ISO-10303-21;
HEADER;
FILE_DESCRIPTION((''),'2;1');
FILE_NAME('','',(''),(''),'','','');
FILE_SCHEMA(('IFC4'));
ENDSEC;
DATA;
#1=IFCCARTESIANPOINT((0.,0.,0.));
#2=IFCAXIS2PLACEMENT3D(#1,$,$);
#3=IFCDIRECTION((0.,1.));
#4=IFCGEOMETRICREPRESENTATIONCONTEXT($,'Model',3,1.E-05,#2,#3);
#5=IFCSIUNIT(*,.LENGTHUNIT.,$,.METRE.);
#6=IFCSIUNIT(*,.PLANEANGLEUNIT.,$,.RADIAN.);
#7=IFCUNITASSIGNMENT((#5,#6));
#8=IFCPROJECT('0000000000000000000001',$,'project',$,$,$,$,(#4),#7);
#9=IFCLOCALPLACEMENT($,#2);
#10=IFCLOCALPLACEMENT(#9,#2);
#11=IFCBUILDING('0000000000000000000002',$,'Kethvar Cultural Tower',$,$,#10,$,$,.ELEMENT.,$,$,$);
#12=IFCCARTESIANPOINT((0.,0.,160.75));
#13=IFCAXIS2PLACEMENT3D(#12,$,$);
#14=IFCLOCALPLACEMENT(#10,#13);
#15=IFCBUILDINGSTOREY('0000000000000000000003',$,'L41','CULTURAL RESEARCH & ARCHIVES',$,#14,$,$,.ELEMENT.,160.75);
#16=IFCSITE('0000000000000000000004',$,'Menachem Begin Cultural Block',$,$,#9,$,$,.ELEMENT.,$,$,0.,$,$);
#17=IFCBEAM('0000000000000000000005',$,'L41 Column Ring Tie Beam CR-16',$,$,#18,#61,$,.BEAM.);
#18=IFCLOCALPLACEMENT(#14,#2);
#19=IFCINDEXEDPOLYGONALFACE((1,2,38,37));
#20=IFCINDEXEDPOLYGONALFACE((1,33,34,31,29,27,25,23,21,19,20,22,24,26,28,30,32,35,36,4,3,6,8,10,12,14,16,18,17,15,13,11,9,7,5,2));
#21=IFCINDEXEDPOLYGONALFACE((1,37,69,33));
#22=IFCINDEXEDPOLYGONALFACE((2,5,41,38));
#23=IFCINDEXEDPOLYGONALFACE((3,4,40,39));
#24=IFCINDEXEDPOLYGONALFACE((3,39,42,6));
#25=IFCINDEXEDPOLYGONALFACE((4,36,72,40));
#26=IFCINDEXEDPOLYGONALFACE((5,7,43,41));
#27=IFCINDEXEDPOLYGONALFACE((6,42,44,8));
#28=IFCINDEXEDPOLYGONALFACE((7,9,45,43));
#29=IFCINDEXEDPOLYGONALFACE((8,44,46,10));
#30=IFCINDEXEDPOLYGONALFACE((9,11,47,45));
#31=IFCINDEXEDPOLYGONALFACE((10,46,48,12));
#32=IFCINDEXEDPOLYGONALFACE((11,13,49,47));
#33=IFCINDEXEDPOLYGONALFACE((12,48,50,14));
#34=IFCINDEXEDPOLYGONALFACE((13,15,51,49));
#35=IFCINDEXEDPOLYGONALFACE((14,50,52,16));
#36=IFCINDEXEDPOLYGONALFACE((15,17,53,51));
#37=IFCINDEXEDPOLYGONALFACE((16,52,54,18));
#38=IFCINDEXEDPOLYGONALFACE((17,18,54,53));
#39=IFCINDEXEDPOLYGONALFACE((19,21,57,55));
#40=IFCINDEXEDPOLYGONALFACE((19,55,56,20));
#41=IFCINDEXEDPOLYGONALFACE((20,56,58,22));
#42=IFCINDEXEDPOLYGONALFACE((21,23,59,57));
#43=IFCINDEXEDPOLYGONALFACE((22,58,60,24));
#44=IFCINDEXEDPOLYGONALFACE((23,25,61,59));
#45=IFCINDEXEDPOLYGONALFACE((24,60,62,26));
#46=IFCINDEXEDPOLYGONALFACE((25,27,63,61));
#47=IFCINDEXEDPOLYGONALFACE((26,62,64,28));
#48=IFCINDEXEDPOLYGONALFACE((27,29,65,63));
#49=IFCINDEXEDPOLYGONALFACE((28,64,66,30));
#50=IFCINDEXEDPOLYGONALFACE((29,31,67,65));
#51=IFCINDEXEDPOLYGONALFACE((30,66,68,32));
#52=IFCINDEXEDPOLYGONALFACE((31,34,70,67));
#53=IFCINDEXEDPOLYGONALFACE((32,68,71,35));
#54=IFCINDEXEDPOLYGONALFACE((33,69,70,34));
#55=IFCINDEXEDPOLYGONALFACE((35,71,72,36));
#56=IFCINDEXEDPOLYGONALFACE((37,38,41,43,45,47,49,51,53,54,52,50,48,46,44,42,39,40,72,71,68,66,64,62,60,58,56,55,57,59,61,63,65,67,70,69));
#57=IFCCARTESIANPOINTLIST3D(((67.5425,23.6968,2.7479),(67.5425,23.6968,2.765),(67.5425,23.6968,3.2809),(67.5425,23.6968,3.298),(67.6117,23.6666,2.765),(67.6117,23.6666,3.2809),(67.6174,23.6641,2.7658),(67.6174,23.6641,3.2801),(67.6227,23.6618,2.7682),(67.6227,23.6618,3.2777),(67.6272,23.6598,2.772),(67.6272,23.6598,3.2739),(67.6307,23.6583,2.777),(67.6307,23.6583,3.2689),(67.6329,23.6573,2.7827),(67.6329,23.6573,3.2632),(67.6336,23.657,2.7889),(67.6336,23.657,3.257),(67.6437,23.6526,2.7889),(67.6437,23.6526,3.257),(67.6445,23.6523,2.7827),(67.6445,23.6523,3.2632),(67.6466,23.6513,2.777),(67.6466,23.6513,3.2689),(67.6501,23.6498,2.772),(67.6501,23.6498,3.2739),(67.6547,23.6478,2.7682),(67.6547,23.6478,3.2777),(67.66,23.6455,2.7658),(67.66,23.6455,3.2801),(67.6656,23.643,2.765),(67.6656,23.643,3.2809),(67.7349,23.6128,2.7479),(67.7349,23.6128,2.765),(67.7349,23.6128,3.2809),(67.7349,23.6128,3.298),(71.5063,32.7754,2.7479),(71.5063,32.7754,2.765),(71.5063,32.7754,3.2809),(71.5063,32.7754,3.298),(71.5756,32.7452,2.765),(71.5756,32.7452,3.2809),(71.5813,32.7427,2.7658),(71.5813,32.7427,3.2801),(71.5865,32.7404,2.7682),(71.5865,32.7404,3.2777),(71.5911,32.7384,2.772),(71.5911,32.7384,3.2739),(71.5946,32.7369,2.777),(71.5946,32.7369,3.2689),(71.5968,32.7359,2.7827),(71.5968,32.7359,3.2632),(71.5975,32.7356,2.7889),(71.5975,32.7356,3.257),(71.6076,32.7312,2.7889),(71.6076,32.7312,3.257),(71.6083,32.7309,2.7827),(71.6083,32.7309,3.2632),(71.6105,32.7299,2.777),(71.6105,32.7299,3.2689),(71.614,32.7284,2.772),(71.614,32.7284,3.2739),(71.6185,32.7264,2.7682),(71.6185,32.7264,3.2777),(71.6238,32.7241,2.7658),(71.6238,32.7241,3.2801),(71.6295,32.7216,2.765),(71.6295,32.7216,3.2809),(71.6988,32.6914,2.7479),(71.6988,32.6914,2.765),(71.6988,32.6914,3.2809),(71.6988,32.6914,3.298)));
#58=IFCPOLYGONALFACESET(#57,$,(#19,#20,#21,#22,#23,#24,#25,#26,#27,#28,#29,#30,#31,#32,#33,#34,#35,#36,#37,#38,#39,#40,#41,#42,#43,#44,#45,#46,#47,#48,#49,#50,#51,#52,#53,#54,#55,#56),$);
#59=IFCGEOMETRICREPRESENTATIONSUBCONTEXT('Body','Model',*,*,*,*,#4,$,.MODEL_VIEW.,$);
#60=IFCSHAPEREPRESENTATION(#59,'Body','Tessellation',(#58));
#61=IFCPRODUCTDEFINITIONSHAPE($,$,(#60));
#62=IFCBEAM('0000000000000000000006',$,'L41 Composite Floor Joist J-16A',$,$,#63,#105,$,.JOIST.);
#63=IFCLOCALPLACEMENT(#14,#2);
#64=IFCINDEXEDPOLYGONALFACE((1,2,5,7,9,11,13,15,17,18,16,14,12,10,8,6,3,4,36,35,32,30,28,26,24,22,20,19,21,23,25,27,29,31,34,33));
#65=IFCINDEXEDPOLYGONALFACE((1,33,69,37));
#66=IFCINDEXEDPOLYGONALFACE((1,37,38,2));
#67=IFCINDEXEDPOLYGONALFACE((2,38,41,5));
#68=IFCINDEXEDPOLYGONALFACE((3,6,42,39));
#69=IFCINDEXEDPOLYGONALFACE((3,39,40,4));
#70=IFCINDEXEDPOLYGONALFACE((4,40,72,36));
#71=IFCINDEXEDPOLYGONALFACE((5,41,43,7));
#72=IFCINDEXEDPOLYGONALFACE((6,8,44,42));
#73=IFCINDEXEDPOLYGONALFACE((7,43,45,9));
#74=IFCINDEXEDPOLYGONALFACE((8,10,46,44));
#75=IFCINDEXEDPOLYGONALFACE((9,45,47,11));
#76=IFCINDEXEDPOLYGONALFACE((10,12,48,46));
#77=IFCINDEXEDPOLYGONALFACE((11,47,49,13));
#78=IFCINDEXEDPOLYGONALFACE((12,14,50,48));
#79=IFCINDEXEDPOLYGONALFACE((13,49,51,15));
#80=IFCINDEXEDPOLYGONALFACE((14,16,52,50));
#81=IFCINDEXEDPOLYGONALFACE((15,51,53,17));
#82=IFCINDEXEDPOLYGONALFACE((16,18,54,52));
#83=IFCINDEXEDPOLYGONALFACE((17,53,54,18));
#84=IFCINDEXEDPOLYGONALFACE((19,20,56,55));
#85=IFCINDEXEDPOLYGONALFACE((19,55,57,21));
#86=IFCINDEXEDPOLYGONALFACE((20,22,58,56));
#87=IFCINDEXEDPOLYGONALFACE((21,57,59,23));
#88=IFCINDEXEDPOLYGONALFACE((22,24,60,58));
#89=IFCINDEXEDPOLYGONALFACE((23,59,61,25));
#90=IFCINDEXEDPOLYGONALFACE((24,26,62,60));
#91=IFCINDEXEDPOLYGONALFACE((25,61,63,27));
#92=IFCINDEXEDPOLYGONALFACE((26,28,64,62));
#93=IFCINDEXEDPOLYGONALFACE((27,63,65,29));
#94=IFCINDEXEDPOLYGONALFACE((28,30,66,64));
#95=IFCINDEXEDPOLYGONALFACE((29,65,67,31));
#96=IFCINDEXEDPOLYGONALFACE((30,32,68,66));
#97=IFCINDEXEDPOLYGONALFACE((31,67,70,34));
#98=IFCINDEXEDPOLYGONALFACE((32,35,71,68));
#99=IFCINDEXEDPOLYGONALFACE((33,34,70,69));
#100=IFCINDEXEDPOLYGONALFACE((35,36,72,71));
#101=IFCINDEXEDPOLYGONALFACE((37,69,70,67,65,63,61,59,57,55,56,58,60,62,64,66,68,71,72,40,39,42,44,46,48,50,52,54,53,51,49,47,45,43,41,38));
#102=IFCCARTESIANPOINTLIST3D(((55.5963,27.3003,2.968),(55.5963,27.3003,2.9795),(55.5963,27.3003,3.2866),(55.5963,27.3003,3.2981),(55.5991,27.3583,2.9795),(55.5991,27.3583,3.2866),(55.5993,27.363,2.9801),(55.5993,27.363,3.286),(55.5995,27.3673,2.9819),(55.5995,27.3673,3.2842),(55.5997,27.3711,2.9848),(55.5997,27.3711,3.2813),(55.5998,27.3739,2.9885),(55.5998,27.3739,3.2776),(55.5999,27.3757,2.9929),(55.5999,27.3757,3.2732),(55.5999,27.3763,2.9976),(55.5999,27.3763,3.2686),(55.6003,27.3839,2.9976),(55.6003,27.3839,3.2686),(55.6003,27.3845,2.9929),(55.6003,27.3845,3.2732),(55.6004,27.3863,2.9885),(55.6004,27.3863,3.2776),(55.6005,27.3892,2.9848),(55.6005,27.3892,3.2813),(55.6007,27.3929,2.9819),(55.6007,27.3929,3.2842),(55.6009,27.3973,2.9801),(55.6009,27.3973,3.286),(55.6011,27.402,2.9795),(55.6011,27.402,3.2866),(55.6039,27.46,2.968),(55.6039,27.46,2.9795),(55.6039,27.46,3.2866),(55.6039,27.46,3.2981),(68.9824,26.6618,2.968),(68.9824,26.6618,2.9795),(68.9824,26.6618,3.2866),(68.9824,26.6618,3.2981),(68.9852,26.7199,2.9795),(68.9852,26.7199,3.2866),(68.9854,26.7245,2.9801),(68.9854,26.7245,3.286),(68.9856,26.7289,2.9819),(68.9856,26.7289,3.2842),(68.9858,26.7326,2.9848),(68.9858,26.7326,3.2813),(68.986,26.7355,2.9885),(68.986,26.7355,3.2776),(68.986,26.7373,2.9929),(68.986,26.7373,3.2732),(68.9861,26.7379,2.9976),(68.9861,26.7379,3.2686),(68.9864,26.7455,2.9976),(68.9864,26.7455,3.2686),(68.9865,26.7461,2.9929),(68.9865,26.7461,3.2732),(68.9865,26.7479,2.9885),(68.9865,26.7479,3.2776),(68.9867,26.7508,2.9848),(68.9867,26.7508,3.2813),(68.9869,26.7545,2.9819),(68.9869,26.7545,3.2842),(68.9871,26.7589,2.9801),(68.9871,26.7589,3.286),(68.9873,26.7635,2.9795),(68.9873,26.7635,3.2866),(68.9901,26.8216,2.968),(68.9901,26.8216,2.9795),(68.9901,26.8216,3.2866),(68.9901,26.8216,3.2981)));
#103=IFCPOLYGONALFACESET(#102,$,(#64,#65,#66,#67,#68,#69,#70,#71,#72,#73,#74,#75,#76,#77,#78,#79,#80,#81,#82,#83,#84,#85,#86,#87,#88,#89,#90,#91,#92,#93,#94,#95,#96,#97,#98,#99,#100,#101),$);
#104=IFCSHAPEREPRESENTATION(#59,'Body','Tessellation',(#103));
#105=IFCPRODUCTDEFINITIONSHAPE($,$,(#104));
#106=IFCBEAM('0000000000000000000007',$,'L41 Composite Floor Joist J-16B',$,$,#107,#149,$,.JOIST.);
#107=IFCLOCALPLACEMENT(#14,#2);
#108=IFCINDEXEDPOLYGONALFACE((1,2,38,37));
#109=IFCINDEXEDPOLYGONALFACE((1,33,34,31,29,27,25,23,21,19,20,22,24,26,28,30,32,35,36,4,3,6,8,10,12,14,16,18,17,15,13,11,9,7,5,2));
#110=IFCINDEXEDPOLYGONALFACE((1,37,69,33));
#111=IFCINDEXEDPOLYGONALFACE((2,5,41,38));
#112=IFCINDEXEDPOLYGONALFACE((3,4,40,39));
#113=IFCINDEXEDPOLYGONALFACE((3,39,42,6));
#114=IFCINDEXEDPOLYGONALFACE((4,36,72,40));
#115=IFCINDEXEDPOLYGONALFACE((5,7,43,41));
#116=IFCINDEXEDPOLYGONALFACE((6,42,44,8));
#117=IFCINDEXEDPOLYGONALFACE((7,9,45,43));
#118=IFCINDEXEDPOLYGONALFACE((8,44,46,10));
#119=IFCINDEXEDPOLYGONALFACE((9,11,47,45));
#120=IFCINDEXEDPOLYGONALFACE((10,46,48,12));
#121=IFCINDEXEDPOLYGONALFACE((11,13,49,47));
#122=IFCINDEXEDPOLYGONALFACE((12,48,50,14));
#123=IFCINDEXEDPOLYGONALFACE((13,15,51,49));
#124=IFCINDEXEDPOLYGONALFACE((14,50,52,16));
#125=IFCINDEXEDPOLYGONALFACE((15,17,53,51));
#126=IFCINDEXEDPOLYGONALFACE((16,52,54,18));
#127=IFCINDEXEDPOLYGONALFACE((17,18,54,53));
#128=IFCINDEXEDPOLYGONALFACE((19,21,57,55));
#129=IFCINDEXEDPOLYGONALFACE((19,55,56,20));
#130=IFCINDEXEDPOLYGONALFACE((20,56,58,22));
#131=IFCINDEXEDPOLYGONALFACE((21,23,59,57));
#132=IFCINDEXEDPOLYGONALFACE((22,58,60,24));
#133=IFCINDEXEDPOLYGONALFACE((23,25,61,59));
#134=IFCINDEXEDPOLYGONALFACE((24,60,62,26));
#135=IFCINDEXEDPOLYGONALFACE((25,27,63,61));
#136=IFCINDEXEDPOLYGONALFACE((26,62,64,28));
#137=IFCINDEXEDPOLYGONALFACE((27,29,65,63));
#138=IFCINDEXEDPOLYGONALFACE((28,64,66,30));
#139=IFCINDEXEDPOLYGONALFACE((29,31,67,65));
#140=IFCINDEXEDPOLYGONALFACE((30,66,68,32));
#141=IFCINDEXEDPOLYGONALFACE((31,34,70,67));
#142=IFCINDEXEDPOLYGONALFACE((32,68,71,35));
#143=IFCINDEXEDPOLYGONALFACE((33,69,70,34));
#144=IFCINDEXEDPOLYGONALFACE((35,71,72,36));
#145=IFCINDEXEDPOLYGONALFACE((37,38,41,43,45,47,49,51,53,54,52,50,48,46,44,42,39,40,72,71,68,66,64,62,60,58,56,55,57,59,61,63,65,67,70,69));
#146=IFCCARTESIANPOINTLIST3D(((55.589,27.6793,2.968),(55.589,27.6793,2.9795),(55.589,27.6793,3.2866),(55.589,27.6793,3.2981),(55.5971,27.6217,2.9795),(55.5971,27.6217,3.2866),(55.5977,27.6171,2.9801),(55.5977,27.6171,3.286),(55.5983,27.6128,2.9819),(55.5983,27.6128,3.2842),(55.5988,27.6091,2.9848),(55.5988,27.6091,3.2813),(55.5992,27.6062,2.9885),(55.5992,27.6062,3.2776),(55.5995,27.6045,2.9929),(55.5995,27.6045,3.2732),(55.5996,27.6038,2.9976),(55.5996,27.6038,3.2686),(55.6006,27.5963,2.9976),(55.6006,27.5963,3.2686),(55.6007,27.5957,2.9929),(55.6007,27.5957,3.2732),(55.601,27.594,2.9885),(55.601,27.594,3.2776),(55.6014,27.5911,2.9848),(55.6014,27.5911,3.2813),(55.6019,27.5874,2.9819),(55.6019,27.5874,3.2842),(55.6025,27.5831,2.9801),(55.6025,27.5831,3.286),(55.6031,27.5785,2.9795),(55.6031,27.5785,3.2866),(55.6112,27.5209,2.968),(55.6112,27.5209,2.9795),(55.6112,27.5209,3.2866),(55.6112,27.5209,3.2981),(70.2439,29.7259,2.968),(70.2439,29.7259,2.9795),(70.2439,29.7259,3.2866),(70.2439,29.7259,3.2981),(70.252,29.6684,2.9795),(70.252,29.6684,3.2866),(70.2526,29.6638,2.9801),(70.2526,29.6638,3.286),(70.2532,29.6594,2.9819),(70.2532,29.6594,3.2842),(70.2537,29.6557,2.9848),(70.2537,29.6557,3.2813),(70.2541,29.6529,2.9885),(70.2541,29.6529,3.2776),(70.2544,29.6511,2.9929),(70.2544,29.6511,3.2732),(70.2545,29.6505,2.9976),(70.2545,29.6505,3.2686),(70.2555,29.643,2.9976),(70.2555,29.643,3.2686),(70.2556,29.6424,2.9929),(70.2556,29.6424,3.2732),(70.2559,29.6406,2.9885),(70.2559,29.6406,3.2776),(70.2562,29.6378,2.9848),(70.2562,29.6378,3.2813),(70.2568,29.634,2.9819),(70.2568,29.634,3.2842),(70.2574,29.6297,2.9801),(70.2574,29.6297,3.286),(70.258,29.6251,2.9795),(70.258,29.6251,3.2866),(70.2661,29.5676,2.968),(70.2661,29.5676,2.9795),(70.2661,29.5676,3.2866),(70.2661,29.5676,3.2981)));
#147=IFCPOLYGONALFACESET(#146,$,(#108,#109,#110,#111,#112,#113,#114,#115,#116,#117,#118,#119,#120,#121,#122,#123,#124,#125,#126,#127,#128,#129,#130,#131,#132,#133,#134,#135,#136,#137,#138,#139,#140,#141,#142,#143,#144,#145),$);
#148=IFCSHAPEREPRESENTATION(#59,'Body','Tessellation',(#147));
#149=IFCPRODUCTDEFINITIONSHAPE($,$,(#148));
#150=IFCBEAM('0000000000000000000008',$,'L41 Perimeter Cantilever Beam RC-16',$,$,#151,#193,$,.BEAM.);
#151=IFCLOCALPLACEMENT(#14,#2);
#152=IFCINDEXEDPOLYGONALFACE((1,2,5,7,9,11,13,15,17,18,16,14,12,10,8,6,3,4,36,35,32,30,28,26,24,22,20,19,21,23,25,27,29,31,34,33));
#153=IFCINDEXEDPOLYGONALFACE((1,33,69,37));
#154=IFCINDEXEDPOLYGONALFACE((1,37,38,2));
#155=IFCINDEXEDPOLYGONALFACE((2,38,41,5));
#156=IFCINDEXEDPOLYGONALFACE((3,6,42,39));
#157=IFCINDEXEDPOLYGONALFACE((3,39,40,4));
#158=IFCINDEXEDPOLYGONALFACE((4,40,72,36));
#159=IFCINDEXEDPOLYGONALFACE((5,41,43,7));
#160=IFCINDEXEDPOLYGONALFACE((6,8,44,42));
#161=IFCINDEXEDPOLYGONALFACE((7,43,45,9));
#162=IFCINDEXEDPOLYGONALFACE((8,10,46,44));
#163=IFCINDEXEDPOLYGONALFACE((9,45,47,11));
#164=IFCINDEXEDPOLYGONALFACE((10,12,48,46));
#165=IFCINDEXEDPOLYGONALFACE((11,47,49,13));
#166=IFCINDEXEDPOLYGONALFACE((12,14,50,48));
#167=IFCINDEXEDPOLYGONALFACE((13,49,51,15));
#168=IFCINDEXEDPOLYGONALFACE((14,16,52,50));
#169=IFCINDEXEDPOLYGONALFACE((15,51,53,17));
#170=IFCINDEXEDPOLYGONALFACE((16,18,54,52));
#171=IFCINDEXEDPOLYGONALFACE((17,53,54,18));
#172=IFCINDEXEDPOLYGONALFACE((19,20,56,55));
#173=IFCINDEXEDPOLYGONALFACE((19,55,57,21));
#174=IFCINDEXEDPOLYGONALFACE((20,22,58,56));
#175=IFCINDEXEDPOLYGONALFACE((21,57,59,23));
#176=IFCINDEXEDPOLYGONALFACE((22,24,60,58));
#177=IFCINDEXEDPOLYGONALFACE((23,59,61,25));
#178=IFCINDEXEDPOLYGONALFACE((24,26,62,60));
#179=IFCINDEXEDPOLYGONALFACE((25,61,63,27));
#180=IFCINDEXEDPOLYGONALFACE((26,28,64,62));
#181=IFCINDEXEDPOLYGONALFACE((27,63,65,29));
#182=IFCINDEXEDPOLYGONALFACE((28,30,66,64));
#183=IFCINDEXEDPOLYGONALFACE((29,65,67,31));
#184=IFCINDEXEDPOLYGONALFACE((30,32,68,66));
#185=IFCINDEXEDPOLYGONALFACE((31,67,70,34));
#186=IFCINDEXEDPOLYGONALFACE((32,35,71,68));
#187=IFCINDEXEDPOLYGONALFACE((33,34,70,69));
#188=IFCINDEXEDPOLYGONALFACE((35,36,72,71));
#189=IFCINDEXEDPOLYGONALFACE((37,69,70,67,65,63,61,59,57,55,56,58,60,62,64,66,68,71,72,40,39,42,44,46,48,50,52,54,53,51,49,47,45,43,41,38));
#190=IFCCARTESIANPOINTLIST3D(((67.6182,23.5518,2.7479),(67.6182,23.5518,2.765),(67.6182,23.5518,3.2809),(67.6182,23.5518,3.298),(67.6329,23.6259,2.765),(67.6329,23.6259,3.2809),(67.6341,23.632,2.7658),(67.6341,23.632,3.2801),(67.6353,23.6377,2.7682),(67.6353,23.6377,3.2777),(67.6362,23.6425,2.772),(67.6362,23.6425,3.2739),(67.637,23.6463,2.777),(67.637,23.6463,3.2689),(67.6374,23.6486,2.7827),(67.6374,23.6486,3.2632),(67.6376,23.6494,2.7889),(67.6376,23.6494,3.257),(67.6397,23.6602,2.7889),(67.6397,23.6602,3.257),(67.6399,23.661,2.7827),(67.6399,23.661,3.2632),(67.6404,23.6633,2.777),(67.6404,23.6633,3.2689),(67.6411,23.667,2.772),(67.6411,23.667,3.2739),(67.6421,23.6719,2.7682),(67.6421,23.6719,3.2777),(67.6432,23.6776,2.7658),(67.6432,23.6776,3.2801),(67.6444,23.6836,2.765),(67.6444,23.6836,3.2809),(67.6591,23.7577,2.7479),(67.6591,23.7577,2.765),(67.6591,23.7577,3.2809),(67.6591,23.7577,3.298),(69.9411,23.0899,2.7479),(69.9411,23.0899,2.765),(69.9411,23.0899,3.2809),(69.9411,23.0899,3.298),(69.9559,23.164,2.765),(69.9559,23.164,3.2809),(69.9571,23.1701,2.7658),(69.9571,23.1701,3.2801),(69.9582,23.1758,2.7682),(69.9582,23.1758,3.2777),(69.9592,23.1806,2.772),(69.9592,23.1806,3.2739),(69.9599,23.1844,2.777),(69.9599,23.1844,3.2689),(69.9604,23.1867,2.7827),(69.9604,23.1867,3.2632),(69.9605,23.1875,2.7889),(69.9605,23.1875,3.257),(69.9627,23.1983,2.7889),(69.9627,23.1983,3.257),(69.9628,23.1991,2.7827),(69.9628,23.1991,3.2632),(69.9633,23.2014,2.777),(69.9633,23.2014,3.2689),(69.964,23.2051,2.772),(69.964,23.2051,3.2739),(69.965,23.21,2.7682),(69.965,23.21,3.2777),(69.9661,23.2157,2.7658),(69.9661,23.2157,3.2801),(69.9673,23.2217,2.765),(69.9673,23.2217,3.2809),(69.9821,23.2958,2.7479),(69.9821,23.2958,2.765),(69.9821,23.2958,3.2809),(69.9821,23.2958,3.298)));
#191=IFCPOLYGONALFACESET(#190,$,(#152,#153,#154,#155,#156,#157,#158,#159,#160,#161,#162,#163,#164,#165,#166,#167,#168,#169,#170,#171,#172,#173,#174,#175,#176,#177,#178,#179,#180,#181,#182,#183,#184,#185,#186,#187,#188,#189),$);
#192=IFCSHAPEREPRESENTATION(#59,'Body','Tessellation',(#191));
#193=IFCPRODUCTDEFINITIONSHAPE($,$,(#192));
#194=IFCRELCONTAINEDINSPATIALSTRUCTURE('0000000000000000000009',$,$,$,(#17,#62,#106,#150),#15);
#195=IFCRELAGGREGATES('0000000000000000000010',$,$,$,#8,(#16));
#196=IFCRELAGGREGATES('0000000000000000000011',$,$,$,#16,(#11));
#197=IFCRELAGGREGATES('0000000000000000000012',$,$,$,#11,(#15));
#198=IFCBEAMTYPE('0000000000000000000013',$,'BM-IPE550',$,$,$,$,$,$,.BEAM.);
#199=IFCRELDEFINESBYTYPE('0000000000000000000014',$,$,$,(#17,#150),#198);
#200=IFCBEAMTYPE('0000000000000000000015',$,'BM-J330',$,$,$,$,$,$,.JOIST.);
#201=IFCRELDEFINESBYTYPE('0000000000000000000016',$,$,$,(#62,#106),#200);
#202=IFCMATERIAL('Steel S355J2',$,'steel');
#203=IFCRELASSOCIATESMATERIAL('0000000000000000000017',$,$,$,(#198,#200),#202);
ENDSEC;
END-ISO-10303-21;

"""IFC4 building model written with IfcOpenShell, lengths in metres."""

from ifc_helpers import new_model, si_unit, direction, frame, origin, origin_2d, place, context, subcontext, project, spatial, i_section, extrude, source, transform, mapped, material, material_profile, profile_set, type_object, element, save


model = new_model("IFC4")

# Units and contexts
model_context = context("Model", 3, precision=1e-05, world=origin(), true_north=direction((0.0, 1.0)))
body_context = subcontext(model_context, "Body", "Model", "MODEL_VIEW")
ifc_project = project(units=[si_unit("LENGTHUNIT", "METRE"), si_unit("PLANEANGLEUNIT", "RADIAN")], contexts=[model_context])

# Site, building, storey
site_placement = place(None, origin())
site = spatial("IfcSite", under=ifc_project, at=site_placement, Name="Menachem Begin Cultural Block", CompositionType="ELEMENT", RefElevation=0.0)
building_placement = place(site_placement, origin())
building = spatial("IfcBuilding", under=site, at=building_placement, Name="Kethvar Cultural Tower", CompositionType="ELEMENT")
storey_placement = place(building_placement, frame((0.0, 0.0, 160.75)))
storey = spatial("IfcBuildingStorey", under=building, at=storey_placement, Name="L41", Description="CULTURAL RESEARCH & ARCHIVES", CompositionType="ELEMENT", Elevation=160.75)

# Beams
ifc_material_1 = material(Name="Steel S355J2", Category="steel")
ifc_material_profile_1 = material_profile(ifc_material_1, i_section(OverallWidth=0.21, OverallDepth=0.55, WebThickness=0.011, FlangeThickness=0.0171, FilletRadius=0.0239, at=origin_2d()), Name="Steel S355J2 — IPE550")
ifc_profile_set_1 = profile_set([ifc_material_profile_1], Name="Steel S355J2 — IPE550")
beam_type_1 = type_object("IfcBeamType", Name="BM-IPE550", PredefinedType="BEAM", material=ifc_profile_set_1)
ifc_material_profile_2 = material_profile(ifc_material_1, i_section(OverallWidth=0.1599, OverallDepth=0.3301, WebThickness=0.0076, FlangeThickness=0.0115, FilletRadius=0.0181, at=origin_2d()), Name="Steel S355J2 — IPE330")
ifc_profile_set_2 = profile_set([ifc_material_profile_2], Name="Steel S355J2 — IPE330")
beam_type_2 = type_object("IfcBeamType", Name="BM-J330", PredefinedType="JOIST", material=ifc_profile_set_2)
shared_shape_1 = source(origin(), body_context, "Body", "SweptSolid", [
    extrude(i_section(OverallWidth=0.21, OverallDepth=0.55, WebThickness=0.011, FlangeThickness=0.0171, FilletRadius=0.0239, at=origin_2d()), origin(), (0.0, 0.0, 1.0), 9.9062),
])
beam_1_placement = place(storey_placement, frame((67.6387, 23.6548, 3.0229), z_axis=(0.400139, 0.916455, 0.0), x_axis=(-0.916455, 0.400139, 0.0)))
element("IfcBeam", 1, at=beam_1_placement, inside=storey, type_object=beam_type_1, Name="L41 Column Ring Tie Beam CR-16", PredefinedType="BEAM", context=body_context, shape_type="MappedRepresentation", body=[
    mapped(shared_shape_1, transform((0.0, 0.0, 0.0), scale=1.0)),
])
shared_shape_2 = source(origin(), body_context, "Body", "SweptSolid", [
    extrude(i_section(OverallWidth=0.1599, OverallDepth=0.3301, WebThickness=0.0076, FlangeThickness=0.0115, FilletRadius=0.0181, at=origin_2d()), origin(), (0.0, 0.0, 1.0), 13.4014),
])
beam_2_placement = place(storey_placement, frame((55.6001, 27.3801, 3.1331), z_axis=(0.998865, -0.047639, 0.0), x_axis=(0.047639, 0.998865, 0.0)))
element("IfcBeam", 2, at=beam_2_placement, inside=storey, type_object=beam_type_2, Name="L41 Composite Floor Joist J-16A", PredefinedType="JOIST", context=body_context, shape_type="MappedRepresentation", body=[
    mapped(shared_shape_2, transform((0.0, 0.0, 0.0), scale=1.0)),
])
shared_shape_3 = source(origin(), body_context, "Body", "SweptSolid", [
    extrude(i_section(OverallWidth=0.1599, OverallDepth=0.3301, WebThickness=0.0076, FlangeThickness=0.0115, FilletRadius=0.0181, at=origin_2d()), origin(), (0.0, 0.0, 1.0), 14.7971),
])
beam_3_placement = place(storey_placement, frame((55.6001, 27.6001, 3.1331), z_axis=(0.990388, 0.138314, 0.0), x_axis=(-0.138314, 0.990388, 0.0)))
element("IfcBeam", 3, at=beam_3_placement, inside=storey, type_object=beam_type_2, Name="L41 Composite Floor Joist J-16B", PredefinedType="JOIST", context=body_context, shape_type="MappedRepresentation", body=[
    mapped(shared_shape_3, transform((0.0, 0.0, 0.0), scale=1.0)),
])
shared_shape_4 = source(origin(), body_context, "Body", "SweptSolid", [
    extrude(i_section(OverallWidth=0.21, OverallDepth=0.55, WebThickness=0.011, FlangeThickness=0.0171, FilletRadius=0.0239, at=origin_2d()), origin(), (0.0, 0.0, 1.0), 2.3684),
])
beam_4_placement = place(storey_placement, frame((67.6387, 23.6548, 3.0229), z_axis=(0.980798, -0.195026, 0.0), x_axis=(0.195026, 0.980798, 0.0)))
element("IfcBeam", 4, at=beam_4_placement, inside=storey, type_object=beam_type_1, Name="L41 Perimeter Cantilever Beam RC-16", PredefinedType="BEAM", context=body_context, shape_type="MappedRepresentation", body=[
    mapped(shared_shape_4, transform((0.0, 0.0, 0.0), scale=1.0)),
])

save(model, "model.ifc")
